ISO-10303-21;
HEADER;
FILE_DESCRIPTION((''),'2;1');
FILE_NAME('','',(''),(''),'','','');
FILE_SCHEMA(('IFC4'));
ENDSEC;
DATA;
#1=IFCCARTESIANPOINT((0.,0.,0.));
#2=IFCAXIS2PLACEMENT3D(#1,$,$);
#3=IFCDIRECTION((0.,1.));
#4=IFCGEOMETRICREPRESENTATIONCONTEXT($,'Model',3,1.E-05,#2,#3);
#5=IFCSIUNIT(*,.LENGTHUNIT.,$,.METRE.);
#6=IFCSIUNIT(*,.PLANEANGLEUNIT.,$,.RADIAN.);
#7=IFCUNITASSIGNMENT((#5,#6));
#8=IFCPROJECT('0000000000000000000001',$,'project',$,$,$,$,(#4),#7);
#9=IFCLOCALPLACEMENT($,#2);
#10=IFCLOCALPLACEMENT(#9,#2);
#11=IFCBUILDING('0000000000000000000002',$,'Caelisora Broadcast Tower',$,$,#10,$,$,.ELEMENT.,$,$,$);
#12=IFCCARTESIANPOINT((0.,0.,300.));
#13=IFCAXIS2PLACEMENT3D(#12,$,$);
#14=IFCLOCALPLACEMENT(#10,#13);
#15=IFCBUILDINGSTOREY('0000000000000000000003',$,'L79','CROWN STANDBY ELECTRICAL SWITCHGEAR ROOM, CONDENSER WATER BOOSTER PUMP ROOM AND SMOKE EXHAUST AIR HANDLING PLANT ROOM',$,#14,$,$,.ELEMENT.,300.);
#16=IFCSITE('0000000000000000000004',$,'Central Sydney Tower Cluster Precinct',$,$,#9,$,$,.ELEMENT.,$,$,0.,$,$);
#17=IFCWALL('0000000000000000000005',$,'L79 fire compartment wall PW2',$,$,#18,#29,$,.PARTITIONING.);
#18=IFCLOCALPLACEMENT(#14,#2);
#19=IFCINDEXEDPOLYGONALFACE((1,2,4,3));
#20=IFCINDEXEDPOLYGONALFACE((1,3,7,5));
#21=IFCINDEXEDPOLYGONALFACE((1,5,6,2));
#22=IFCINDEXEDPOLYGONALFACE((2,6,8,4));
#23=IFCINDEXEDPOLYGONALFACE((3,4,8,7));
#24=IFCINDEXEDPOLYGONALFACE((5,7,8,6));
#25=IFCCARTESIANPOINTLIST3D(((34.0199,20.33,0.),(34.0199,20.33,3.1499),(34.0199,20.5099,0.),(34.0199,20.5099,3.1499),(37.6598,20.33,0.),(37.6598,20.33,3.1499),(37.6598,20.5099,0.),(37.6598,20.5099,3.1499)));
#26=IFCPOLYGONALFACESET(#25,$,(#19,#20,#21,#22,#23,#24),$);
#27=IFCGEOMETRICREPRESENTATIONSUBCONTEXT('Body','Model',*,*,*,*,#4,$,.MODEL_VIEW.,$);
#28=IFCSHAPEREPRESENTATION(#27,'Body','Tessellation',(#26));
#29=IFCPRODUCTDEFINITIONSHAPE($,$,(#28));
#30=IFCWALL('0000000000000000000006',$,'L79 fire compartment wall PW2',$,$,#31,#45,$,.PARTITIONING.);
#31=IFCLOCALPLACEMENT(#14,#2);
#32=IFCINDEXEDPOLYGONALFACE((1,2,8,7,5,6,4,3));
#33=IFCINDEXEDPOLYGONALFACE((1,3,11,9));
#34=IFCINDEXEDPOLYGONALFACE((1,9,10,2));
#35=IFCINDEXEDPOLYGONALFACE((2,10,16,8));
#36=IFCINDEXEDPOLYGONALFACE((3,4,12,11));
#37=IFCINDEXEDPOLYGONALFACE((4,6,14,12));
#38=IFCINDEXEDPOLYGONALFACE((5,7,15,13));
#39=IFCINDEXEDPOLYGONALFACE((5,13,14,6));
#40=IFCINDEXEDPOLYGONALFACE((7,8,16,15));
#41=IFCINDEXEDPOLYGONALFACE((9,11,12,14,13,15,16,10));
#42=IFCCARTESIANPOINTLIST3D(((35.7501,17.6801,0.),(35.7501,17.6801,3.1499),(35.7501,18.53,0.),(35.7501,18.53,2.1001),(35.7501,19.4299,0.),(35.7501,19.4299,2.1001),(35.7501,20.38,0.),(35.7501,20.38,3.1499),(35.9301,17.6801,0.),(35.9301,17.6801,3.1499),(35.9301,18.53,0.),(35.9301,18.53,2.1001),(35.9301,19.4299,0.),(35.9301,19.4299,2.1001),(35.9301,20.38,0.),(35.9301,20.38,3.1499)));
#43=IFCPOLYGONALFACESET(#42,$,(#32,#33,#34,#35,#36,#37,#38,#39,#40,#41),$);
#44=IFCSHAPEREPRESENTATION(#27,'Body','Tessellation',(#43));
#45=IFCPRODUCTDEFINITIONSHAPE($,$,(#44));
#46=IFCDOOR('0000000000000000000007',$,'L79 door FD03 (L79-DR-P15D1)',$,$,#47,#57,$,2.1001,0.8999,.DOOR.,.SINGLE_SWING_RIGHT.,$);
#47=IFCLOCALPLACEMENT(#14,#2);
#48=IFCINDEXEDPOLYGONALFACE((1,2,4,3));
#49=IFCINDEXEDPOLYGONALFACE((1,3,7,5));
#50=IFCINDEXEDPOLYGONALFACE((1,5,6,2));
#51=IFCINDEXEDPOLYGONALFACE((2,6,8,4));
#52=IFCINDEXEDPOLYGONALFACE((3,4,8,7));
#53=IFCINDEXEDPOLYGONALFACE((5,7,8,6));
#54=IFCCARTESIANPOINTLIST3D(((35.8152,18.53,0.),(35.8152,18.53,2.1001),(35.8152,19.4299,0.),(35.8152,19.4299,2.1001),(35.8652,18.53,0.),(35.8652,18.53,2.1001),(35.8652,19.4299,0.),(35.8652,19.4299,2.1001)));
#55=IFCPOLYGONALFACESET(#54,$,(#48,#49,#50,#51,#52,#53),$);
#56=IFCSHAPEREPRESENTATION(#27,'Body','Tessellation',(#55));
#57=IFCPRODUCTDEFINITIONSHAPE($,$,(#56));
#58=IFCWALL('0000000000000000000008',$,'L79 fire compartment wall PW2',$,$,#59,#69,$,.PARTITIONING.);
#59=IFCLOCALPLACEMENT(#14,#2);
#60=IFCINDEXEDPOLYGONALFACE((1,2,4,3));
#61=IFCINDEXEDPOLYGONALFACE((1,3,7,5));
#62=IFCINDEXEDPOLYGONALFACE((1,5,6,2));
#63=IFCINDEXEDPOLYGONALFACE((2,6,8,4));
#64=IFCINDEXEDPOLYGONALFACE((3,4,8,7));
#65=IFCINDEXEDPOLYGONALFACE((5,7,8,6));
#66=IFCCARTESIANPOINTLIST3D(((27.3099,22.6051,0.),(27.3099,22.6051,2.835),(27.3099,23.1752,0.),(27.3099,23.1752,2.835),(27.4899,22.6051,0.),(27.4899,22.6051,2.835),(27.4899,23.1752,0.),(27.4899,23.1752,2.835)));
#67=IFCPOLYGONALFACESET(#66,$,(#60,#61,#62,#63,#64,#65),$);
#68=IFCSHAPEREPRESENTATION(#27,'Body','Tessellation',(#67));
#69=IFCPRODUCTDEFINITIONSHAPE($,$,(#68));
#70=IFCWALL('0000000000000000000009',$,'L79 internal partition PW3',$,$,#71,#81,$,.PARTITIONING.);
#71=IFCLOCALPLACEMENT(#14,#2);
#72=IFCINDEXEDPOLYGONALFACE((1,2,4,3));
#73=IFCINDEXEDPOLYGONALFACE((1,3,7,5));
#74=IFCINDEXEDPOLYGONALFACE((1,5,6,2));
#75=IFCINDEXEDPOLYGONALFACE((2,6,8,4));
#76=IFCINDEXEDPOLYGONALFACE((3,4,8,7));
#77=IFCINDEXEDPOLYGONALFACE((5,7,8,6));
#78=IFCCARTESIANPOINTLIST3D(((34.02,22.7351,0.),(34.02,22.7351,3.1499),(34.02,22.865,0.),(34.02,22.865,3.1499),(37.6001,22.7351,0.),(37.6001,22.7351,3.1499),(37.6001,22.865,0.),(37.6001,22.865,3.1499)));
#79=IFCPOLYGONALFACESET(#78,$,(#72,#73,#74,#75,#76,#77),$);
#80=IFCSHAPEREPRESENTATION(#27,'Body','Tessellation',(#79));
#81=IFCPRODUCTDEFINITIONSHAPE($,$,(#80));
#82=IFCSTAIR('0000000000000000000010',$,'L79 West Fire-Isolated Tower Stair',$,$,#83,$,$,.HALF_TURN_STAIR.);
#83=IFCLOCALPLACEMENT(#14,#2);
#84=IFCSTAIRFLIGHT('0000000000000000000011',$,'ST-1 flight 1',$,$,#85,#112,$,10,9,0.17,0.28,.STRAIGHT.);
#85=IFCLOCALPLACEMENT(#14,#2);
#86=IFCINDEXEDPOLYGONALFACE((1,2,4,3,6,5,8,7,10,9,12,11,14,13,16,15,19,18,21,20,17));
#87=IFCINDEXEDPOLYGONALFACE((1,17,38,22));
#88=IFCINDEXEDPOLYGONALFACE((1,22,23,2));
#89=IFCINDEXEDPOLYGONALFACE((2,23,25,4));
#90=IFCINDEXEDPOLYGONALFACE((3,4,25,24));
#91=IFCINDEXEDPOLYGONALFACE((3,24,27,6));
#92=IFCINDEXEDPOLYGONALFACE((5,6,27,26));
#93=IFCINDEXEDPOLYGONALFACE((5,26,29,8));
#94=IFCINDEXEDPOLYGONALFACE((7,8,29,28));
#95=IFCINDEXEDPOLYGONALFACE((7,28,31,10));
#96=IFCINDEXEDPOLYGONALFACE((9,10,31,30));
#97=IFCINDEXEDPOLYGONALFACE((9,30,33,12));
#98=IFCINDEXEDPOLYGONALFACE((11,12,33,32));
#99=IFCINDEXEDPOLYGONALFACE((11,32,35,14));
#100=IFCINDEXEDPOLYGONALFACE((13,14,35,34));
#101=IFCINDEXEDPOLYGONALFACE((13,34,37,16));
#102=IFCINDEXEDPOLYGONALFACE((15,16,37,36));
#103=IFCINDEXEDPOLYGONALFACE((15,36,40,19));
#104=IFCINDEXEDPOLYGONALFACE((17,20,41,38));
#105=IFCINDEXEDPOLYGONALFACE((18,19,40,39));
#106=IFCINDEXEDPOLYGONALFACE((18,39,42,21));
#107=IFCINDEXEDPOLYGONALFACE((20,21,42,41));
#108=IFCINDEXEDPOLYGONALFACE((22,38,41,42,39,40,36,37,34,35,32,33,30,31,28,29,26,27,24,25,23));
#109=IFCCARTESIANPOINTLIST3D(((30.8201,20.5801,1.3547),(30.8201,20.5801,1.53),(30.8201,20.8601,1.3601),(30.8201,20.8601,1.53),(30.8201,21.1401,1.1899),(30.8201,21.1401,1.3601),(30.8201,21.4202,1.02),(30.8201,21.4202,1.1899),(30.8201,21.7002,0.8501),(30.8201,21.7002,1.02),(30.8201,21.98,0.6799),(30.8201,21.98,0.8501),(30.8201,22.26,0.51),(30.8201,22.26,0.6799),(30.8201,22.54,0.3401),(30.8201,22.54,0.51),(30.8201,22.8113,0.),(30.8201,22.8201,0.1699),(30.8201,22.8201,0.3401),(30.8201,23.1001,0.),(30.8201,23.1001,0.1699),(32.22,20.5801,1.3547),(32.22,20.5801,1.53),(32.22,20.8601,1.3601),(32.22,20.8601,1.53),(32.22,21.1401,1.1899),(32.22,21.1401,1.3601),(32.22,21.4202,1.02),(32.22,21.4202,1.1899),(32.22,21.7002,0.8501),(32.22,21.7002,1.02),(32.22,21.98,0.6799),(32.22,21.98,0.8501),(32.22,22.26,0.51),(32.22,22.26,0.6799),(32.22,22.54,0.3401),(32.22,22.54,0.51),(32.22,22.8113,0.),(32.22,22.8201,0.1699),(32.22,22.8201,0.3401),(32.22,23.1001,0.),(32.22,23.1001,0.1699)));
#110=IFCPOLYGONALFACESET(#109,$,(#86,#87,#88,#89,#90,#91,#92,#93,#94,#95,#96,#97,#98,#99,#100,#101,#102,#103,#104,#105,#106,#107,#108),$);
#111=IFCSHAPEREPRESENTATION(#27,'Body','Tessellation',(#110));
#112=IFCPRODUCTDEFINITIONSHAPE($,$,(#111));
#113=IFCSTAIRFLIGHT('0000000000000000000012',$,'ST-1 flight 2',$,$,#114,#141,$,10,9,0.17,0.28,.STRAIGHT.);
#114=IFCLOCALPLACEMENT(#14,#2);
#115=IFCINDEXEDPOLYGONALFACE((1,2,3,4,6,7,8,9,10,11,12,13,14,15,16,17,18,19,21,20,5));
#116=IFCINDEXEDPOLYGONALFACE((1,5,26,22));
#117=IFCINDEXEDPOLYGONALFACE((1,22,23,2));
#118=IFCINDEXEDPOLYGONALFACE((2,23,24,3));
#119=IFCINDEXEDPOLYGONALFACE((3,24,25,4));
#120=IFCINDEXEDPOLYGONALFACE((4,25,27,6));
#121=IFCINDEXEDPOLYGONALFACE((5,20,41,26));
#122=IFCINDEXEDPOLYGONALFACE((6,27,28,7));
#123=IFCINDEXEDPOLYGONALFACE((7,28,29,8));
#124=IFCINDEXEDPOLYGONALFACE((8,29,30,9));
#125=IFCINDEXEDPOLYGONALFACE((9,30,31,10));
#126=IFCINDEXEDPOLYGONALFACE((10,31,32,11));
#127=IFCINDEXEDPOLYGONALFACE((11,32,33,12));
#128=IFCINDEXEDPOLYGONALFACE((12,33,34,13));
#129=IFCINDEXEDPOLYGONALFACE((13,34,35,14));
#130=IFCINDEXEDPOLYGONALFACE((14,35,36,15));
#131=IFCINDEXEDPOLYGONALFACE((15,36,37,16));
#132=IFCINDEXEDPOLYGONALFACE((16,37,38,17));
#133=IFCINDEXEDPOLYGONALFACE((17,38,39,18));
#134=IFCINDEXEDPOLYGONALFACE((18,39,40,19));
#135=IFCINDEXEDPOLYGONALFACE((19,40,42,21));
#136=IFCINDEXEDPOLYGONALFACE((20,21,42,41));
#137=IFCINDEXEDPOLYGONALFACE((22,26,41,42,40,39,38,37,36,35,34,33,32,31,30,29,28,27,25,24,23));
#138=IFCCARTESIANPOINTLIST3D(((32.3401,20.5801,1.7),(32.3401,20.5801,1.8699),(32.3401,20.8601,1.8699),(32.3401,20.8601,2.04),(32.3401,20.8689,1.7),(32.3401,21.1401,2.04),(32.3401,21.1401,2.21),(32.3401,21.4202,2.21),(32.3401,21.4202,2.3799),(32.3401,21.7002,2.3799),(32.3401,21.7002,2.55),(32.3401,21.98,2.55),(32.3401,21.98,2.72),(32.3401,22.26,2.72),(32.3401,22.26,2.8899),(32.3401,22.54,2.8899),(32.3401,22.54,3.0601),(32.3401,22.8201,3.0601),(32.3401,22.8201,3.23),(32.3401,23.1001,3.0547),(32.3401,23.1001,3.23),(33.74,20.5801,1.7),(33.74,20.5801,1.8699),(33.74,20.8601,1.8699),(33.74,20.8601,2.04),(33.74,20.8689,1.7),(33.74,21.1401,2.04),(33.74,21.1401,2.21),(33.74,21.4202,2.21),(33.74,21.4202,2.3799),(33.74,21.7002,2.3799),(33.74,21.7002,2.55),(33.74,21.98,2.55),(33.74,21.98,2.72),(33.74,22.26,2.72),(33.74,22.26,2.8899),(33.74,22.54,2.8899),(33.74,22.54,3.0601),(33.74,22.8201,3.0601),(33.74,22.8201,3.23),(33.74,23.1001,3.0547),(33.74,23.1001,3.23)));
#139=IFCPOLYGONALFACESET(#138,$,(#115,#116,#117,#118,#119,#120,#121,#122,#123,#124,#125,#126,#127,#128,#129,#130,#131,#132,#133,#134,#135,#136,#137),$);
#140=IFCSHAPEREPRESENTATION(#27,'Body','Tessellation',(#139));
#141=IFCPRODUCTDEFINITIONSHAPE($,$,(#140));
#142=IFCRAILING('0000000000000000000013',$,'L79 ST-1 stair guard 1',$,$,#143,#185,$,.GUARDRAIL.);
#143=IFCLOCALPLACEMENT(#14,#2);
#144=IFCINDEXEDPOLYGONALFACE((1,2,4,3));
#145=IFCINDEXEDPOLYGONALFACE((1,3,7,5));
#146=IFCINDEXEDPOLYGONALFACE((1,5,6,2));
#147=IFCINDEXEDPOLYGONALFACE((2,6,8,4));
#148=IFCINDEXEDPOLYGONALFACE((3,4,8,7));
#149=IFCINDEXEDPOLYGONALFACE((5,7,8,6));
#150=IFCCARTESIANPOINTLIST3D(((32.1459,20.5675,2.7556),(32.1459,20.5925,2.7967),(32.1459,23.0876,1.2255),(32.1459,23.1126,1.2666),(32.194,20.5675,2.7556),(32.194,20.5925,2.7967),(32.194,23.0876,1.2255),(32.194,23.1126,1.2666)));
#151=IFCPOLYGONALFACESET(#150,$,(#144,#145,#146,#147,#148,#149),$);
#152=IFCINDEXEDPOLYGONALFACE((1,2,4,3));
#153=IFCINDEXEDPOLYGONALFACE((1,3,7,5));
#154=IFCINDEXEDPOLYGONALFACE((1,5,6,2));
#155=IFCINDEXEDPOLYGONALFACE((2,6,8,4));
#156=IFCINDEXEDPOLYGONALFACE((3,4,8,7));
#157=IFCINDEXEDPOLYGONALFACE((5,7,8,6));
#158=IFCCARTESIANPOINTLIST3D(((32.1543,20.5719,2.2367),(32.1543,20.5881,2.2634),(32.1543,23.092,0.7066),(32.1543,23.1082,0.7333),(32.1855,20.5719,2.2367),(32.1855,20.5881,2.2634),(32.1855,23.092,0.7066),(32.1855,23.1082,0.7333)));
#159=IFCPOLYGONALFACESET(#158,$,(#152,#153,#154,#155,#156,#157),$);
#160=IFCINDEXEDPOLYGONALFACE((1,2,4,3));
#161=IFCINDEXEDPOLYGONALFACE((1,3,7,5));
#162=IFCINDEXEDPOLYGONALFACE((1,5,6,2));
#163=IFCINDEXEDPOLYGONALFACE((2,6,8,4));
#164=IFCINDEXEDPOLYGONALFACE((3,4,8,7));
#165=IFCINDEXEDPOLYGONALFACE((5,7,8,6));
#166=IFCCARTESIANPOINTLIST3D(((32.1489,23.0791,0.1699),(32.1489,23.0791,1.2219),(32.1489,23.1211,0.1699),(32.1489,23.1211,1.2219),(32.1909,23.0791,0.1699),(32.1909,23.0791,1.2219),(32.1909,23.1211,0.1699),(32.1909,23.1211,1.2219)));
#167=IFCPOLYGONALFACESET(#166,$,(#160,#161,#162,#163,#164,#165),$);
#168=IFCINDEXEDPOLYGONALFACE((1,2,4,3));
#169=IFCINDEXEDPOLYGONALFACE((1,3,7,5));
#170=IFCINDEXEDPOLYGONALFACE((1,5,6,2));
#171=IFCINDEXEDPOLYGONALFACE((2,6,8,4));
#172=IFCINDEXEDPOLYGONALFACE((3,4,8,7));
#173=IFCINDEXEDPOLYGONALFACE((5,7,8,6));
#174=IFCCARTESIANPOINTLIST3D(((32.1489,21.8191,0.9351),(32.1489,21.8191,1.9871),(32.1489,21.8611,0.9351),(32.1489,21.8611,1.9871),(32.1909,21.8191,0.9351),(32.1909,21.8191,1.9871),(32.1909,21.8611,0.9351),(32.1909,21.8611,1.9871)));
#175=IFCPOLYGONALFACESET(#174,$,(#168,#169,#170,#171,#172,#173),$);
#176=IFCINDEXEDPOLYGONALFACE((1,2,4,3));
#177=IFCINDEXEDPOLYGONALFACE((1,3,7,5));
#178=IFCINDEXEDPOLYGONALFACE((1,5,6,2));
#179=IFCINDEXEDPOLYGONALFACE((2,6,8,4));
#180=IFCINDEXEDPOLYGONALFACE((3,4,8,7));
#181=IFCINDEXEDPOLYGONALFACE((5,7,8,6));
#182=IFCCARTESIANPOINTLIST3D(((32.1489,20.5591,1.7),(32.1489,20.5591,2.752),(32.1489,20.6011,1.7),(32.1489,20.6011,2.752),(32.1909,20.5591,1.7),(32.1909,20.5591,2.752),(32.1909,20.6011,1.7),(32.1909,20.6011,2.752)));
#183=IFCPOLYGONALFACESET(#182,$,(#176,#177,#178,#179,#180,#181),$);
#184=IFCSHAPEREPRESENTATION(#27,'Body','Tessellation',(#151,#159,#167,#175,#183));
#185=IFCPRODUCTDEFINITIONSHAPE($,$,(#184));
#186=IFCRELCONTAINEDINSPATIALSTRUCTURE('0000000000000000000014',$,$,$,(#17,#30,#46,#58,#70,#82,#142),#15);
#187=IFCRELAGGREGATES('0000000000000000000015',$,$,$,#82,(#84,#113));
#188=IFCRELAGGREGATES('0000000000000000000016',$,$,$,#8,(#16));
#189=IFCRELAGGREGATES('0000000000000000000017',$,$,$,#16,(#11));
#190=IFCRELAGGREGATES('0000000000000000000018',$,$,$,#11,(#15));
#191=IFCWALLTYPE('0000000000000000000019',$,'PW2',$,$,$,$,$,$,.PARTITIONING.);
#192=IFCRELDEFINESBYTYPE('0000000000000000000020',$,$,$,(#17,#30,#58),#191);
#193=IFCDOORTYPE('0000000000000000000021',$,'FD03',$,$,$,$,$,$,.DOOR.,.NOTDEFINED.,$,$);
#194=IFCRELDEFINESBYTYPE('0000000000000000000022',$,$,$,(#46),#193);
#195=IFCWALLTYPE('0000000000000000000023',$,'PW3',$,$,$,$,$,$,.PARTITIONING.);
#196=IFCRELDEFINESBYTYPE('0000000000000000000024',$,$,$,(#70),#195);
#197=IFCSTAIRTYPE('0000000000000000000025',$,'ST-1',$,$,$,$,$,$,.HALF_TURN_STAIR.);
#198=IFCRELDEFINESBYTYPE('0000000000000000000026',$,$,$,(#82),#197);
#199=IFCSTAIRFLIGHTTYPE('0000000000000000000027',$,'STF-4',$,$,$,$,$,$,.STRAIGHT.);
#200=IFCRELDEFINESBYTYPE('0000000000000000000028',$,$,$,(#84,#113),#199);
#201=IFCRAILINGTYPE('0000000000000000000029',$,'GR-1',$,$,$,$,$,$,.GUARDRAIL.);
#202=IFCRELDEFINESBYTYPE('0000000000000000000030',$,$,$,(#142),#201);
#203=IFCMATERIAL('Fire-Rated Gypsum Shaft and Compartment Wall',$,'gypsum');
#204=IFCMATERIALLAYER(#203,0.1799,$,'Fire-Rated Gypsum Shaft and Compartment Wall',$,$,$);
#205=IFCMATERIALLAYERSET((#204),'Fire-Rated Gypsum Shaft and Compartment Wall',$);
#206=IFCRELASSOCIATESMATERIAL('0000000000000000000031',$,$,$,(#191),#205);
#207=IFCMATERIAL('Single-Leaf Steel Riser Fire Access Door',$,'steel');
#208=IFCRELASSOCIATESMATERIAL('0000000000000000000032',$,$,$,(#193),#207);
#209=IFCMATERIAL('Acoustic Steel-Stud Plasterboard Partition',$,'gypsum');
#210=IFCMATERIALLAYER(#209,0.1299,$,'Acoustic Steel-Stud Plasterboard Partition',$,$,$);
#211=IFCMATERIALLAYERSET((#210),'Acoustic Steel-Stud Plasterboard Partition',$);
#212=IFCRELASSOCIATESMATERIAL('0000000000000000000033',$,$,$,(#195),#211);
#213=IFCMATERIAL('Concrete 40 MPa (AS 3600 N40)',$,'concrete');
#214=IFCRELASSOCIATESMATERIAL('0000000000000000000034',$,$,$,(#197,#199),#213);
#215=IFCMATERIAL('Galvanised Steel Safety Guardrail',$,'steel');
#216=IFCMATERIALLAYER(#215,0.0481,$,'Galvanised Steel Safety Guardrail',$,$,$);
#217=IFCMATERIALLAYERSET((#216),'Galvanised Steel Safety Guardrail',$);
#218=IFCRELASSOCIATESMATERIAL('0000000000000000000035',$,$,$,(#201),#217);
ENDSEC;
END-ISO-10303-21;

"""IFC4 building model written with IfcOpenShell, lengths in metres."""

from ifc_helpers import new_model, si_unit, direction, frame, frame_2d, origin, origin_2d, place, context, subcontext, project, spatial, polyline, rectangle, outline, extrude, material, layer, layer_set, type_object, element, fill, aggregate, save


model = new_model("IFC4")

# Units and contexts
model_context = context("Model", 3, precision=1e-05, world=origin(), true_north=direction((0.0, 1.0)))
body_context = subcontext(model_context, "Body", "Model", "MODEL_VIEW")
ifc_project = project(units=[si_unit("LENGTHUNIT", "METRE"), si_unit("PLANEANGLEUNIT", "RADIAN")], contexts=[model_context])

# Site, building, storey
site_placement = place(None, origin())
site = spatial("IfcSite", under=ifc_project, at=site_placement, Name="Central Sydney Tower Cluster Precinct", CompositionType="ELEMENT", RefElevation=0.0)
building_placement = place(site_placement, origin())
building = spatial("IfcBuilding", under=site, at=building_placement, Name="Caelisora Broadcast Tower", CompositionType="ELEMENT")
storey_placement = place(building_placement, frame((0.0, 0.0, 300.0)))
storey = spatial("IfcBuildingStorey", under=building, at=storey_placement, Name="L79", Description="CROWN STANDBY ELECTRICAL SWITCHGEAR ROOM, CONDENSER WATER BOOSTER PUMP ROOM AND SMOKE EXHAUST AIR HANDLING PLANT ROOM", CompositionType="ELEMENT", Elevation=300.0)

# Shared definitions
ifc_material_1 = material(Name="Concrete 40 MPa (AS 3600 N40)", Category="concrete")

# Wall
ifc_material_2 = material(Name="Fire-Rated Gypsum Shaft and Compartment Wall", Category="gypsum")
ifc_layer_1 = layer(ifc_material_2, 0.1799, Name="Fire-Rated Gypsum Shaft and Compartment Wall")
ifc_layer_set_1 = layer_set([ifc_layer_1], Name="Fire-Rated Gypsum Shaft and Compartment Wall")
wall_type_1 = type_object("IfcWallType", Name="PW2", PredefinedType="PARTITIONING", material=ifc_layer_set_1)
wall_1_placement = place(storey_placement, frame((34.02, 20.4199, 0.0), z_axis=(0.0, 0.0, 1.0), x_axis=(1.0, 0.0, 0.0)))
element("IfcWall", 1, at=wall_1_placement, inside=storey, type_object=wall_type_1, Name="L79 fire compartment wall PW2", PredefinedType="PARTITIONING", context=body_context, shape_type="SweptSolid", body=[
    extrude(rectangle(XDim=3.6399, YDim=0.1799, at=frame_2d((1.8198, 0.0))), origin(), (0.0, 0.0, 1.0), 3.1499),
])

# Wall, opening, door
wall_2_placement = place(storey_placement, frame((35.8401, 17.6799, 0.0), z_axis=(0.0, 0.0, 1.0), x_axis=(0.0, 1.0, 0.0)))
wall_2 = element("IfcWall", 2, at=wall_2_placement, inside=storey, type_object=wall_type_1, Name="L79 fire compartment wall PW2", PredefinedType="PARTITIONING", context=body_context, shape_type="SweptSolid", body=[
    extrude(rectangle(XDim=2.7, YDim=0.1799, at=frame_2d((1.3501, 0.0))), origin(), (0.0, 0.0, 1.0), 3.1499),
])
opening_1_placement = place(wall_2_placement, frame((0.8501, 0.0, 0.0)))
opening_1 = element("IfcOpeningElement", 3, at=opening_1_placement, cuts=wall_2, PredefinedType="OPENING", context=body_context, shape_type="SweptSolid", body=[
    extrude(rectangle(XDim=0.8999, YDim=2.1001, at=frame_2d((0.45, 1.05))), frame((0.0, 0.1021, 0.0), z_axis=(0.0, -1.0, 0.0), x_axis=(1.0, 0.0, 0.0)), (0.0, 0.0, 1.0), 0.2039),
])
ifc_material_3 = material(Name="Single-Leaf Steel Riser Fire Access Door", Category="steel")
door_type_1 = type_object("IfcDoorType", Name="FD03", OperationType="NOTDEFINED", PredefinedType="DOOR", material=ifc_material_3)
door_1_placement = place(opening_1_placement, origin())
door_1 = element("IfcDoor", 4, at=door_1_placement, inside=storey, type_object=door_type_1, Name="L79 door FD03 (L79-DR-P15D1)", OperationType="SINGLE_SWING_RIGHT", OverallHeight=2.1001, OverallWidth=0.8999, PredefinedType="DOOR", context=body_context, shape_type="SweptSolid", body=[
    extrude(rectangle(XDim=0.8999, YDim=2.1001, at=frame_2d((0.45, 1.05))), frame((0.0, 0.0249, 0.0), z_axis=(0.0, -1.0, 0.0), x_axis=(1.0, 0.0, 0.0)), (0.0, 0.0, 1.0), 0.05),
])
fill(opening_1, door_1)

# Walls
wall_3_placement = place(storey_placement, frame((27.3999, 22.605, 0.0), z_axis=(0.0, 0.0, 1.0), x_axis=(0.0, 1.0, 0.0)))
element("IfcWall", 5, at=wall_3_placement, inside=storey, type_object=wall_type_1, Name="L79 fire compartment wall PW2", PredefinedType="PARTITIONING", context=body_context, shape_type="SweptSolid", body=[
    extrude(rectangle(XDim=0.5701, YDim=0.1799, at=frame_2d((0.2852, 0.0))), origin(), (0.0, 0.0, 1.0), 2.835),
])
ifc_material_4 = material(Name="Acoustic Steel-Stud Plasterboard Partition", Category="gypsum")
ifc_layer_2 = layer(ifc_material_4, 0.1299, Name="Acoustic Steel-Stud Plasterboard Partition")
ifc_layer_set_2 = layer_set([ifc_layer_2], Name="Acoustic Steel-Stud Plasterboard Partition")
wall_type_2 = type_object("IfcWallType", Name="PW3", PredefinedType="PARTITIONING", material=ifc_layer_set_2)
wall_4_placement = place(storey_placement, frame((34.02, 22.8, 0.0), z_axis=(0.0, 0.0, 1.0), x_axis=(1.0, 0.0, 0.0)))
element("IfcWall", 6, at=wall_4_placement, inside=storey, type_object=wall_type_2, Name="L79 internal partition PW3", PredefinedType="PARTITIONING", context=body_context, shape_type="SweptSolid", body=[
    extrude(rectangle(XDim=3.5801, YDim=0.1299, at=frame_2d((1.79, 0.0))), origin(), (0.0, 0.0, 1.0), 3.1499),
])

# Stair, stair flights
stair_type = type_object("IfcStairType", Name="ST-1", PredefinedType="HALF_TURN_STAIR", material=ifc_material_1)
stair_placement = place(storey_placement, origin())
stair = element("IfcStair", 7, at=stair_placement, inside=storey, type_object=stair_type, Name="L79 West Fire-Isolated Tower Stair", PredefinedType="HALF_TURN_STAIR")
stair_flight_type = type_object("IfcStairFlightType", Name="STF-4", PredefinedType="STRAIGHT", material=ifc_material_1)
stair_flight_1_placement = place(storey_placement, frame((31.52, 23.1001, 0.0), z_axis=(0.0, 0.0, 1.0), x_axis=(0.0, -1.0, 0.0)))
stair_flight_1 = element("IfcStairFlight", 8, at=stair_flight_1_placement, type_object=stair_flight_type, Name="ST-1 flight 1", NumberOfRisers=10, NumberOfTreads=9, PredefinedType="STRAIGHT", RiserHeight=0.17, TreadLength=0.28, context=body_context, shape_type="SweptSolid", body=[
    extrude(outline(polyline([(0.0, 0.0), (0.0, 0.1699), (0.28, 0.1699), (0.28, 0.3401), (0.5601, 0.3401), (0.5601, 0.51), (0.8401, 0.51), (0.8401, 0.6799), (1.1201, 0.6799), (1.1201, 0.8501), (1.3999, 0.8501), (1.3999, 1.02), (1.6799, 1.02), (1.6799, 1.1899), (1.96, 1.1899), (1.96, 1.3601), (2.24, 1.3601), (2.24, 1.53), (2.52, 1.53), (2.52, 1.7), (2.52, 1.3547), (0.2888, 0.0), (0.0, 0.0)])), frame((0.0, 0.7, 0.0), z_axis=(0.0, -1.0, 0.0), x_axis=(1.0, 0.0, 0.0)), (0.0, 0.0, 1.0), 1.3999),
])
stair_flight_2_placement = place(storey_placement, frame((33.04, 20.5801, 1.7), z_axis=(0.0, 0.0, 1.0), x_axis=(0.0, 1.0, 0.0)))
stair_flight_2 = element("IfcStairFlight", 9, at=stair_flight_2_placement, type_object=stair_flight_type, Name="ST-1 flight 2", NumberOfRisers=10, NumberOfTreads=9, PredefinedType="STRAIGHT", RiserHeight=0.17, TreadLength=0.28, context=body_context, shape_type="SweptSolid", body=[
    extrude(outline(polyline([(0.0, 0.0), (0.0, 0.1699), (0.28, 0.1699), (0.28, 0.3401), (0.5601, 0.3401), (0.5601, 0.51), (0.8401, 0.51), (0.8401, 0.6799), (1.1201, 0.6799), (1.1201, 0.8501), (1.3999, 0.8501), (1.3999, 1.02), (1.6799, 1.02), (1.6799, 1.1899), (1.96, 1.1899), (1.96, 1.3601), (2.24, 1.3601), (2.24, 1.53), (2.52, 1.53), (2.52, 1.7), (2.52, 1.3547), (0.2888, 0.0), (0.0, 0.0)])), frame((0.0, 0.7, 0.0), z_axis=(0.0, -1.0, 0.0), x_axis=(1.0, 0.0, 0.0)), (0.0, 0.0, 1.0), 1.3999),
])
aggregate(stair, [stair_flight_1, stair_flight_2])

# Railing
ifc_material_5 = material(Name="Galvanised Steel Safety Guardrail", Category="steel")
ifc_layer_3 = layer(ifc_material_5, 0.0481, Name="Galvanised Steel Safety Guardrail")
ifc_layer_set_3 = layer_set([ifc_layer_3], Name="Galvanised Steel Safety Guardrail")
railing_type_1 = type_object("IfcRailingType", Name="GR-1", PredefinedType="GUARDRAIL", material=ifc_layer_set_3)
railing_1_placement = place(storey_placement, frame((32.1699, 23.1001, 0.1699)))
element("IfcRailing", 10, at=railing_1_placement, inside=storey, type_object=railing_type_1, Name="L79 ST-1 stair guard 1", PredefinedType="GUARDRAIL", context=body_context, shape_type="SweptSolid", body=[
    extrude(rectangle(XDim=0.0481, YDim=0.0481, at=origin_2d()), frame((0.0, 0.0, 1.0762), z_axis=(0.0, -0.854785, 0.518982), x_axis=(1.0, 0.0, 0.0)), (0.0, 0.0, 1.0), 2.9482),
    extrude(rectangle(XDim=0.0312, YDim=0.0312, at=origin_2d()), frame((0.0, 0.0, 0.55), z_axis=(0.0, -0.854785, 0.518982), x_axis=(1.0, 0.0, 0.0)), (0.0, 0.0, 1.0), 2.9482),
    extrude(rectangle(XDim=0.042, YDim=0.042, at=origin_2d()), origin(), (0.0, 0.0, 1.0), 1.052),
    extrude(rectangle(XDim=0.042, YDim=0.042, at=origin_2d()), frame((0.0, -1.26, 0.7651)), (0.0, 0.0, 1.0), 1.052),
    extrude(rectangle(XDim=0.042, YDim=0.042, at=origin_2d()), frame((0.0, -2.52, 1.53)), (0.0, 0.0, 1.0), 1.052),
])

save(model, "model.ifc")
